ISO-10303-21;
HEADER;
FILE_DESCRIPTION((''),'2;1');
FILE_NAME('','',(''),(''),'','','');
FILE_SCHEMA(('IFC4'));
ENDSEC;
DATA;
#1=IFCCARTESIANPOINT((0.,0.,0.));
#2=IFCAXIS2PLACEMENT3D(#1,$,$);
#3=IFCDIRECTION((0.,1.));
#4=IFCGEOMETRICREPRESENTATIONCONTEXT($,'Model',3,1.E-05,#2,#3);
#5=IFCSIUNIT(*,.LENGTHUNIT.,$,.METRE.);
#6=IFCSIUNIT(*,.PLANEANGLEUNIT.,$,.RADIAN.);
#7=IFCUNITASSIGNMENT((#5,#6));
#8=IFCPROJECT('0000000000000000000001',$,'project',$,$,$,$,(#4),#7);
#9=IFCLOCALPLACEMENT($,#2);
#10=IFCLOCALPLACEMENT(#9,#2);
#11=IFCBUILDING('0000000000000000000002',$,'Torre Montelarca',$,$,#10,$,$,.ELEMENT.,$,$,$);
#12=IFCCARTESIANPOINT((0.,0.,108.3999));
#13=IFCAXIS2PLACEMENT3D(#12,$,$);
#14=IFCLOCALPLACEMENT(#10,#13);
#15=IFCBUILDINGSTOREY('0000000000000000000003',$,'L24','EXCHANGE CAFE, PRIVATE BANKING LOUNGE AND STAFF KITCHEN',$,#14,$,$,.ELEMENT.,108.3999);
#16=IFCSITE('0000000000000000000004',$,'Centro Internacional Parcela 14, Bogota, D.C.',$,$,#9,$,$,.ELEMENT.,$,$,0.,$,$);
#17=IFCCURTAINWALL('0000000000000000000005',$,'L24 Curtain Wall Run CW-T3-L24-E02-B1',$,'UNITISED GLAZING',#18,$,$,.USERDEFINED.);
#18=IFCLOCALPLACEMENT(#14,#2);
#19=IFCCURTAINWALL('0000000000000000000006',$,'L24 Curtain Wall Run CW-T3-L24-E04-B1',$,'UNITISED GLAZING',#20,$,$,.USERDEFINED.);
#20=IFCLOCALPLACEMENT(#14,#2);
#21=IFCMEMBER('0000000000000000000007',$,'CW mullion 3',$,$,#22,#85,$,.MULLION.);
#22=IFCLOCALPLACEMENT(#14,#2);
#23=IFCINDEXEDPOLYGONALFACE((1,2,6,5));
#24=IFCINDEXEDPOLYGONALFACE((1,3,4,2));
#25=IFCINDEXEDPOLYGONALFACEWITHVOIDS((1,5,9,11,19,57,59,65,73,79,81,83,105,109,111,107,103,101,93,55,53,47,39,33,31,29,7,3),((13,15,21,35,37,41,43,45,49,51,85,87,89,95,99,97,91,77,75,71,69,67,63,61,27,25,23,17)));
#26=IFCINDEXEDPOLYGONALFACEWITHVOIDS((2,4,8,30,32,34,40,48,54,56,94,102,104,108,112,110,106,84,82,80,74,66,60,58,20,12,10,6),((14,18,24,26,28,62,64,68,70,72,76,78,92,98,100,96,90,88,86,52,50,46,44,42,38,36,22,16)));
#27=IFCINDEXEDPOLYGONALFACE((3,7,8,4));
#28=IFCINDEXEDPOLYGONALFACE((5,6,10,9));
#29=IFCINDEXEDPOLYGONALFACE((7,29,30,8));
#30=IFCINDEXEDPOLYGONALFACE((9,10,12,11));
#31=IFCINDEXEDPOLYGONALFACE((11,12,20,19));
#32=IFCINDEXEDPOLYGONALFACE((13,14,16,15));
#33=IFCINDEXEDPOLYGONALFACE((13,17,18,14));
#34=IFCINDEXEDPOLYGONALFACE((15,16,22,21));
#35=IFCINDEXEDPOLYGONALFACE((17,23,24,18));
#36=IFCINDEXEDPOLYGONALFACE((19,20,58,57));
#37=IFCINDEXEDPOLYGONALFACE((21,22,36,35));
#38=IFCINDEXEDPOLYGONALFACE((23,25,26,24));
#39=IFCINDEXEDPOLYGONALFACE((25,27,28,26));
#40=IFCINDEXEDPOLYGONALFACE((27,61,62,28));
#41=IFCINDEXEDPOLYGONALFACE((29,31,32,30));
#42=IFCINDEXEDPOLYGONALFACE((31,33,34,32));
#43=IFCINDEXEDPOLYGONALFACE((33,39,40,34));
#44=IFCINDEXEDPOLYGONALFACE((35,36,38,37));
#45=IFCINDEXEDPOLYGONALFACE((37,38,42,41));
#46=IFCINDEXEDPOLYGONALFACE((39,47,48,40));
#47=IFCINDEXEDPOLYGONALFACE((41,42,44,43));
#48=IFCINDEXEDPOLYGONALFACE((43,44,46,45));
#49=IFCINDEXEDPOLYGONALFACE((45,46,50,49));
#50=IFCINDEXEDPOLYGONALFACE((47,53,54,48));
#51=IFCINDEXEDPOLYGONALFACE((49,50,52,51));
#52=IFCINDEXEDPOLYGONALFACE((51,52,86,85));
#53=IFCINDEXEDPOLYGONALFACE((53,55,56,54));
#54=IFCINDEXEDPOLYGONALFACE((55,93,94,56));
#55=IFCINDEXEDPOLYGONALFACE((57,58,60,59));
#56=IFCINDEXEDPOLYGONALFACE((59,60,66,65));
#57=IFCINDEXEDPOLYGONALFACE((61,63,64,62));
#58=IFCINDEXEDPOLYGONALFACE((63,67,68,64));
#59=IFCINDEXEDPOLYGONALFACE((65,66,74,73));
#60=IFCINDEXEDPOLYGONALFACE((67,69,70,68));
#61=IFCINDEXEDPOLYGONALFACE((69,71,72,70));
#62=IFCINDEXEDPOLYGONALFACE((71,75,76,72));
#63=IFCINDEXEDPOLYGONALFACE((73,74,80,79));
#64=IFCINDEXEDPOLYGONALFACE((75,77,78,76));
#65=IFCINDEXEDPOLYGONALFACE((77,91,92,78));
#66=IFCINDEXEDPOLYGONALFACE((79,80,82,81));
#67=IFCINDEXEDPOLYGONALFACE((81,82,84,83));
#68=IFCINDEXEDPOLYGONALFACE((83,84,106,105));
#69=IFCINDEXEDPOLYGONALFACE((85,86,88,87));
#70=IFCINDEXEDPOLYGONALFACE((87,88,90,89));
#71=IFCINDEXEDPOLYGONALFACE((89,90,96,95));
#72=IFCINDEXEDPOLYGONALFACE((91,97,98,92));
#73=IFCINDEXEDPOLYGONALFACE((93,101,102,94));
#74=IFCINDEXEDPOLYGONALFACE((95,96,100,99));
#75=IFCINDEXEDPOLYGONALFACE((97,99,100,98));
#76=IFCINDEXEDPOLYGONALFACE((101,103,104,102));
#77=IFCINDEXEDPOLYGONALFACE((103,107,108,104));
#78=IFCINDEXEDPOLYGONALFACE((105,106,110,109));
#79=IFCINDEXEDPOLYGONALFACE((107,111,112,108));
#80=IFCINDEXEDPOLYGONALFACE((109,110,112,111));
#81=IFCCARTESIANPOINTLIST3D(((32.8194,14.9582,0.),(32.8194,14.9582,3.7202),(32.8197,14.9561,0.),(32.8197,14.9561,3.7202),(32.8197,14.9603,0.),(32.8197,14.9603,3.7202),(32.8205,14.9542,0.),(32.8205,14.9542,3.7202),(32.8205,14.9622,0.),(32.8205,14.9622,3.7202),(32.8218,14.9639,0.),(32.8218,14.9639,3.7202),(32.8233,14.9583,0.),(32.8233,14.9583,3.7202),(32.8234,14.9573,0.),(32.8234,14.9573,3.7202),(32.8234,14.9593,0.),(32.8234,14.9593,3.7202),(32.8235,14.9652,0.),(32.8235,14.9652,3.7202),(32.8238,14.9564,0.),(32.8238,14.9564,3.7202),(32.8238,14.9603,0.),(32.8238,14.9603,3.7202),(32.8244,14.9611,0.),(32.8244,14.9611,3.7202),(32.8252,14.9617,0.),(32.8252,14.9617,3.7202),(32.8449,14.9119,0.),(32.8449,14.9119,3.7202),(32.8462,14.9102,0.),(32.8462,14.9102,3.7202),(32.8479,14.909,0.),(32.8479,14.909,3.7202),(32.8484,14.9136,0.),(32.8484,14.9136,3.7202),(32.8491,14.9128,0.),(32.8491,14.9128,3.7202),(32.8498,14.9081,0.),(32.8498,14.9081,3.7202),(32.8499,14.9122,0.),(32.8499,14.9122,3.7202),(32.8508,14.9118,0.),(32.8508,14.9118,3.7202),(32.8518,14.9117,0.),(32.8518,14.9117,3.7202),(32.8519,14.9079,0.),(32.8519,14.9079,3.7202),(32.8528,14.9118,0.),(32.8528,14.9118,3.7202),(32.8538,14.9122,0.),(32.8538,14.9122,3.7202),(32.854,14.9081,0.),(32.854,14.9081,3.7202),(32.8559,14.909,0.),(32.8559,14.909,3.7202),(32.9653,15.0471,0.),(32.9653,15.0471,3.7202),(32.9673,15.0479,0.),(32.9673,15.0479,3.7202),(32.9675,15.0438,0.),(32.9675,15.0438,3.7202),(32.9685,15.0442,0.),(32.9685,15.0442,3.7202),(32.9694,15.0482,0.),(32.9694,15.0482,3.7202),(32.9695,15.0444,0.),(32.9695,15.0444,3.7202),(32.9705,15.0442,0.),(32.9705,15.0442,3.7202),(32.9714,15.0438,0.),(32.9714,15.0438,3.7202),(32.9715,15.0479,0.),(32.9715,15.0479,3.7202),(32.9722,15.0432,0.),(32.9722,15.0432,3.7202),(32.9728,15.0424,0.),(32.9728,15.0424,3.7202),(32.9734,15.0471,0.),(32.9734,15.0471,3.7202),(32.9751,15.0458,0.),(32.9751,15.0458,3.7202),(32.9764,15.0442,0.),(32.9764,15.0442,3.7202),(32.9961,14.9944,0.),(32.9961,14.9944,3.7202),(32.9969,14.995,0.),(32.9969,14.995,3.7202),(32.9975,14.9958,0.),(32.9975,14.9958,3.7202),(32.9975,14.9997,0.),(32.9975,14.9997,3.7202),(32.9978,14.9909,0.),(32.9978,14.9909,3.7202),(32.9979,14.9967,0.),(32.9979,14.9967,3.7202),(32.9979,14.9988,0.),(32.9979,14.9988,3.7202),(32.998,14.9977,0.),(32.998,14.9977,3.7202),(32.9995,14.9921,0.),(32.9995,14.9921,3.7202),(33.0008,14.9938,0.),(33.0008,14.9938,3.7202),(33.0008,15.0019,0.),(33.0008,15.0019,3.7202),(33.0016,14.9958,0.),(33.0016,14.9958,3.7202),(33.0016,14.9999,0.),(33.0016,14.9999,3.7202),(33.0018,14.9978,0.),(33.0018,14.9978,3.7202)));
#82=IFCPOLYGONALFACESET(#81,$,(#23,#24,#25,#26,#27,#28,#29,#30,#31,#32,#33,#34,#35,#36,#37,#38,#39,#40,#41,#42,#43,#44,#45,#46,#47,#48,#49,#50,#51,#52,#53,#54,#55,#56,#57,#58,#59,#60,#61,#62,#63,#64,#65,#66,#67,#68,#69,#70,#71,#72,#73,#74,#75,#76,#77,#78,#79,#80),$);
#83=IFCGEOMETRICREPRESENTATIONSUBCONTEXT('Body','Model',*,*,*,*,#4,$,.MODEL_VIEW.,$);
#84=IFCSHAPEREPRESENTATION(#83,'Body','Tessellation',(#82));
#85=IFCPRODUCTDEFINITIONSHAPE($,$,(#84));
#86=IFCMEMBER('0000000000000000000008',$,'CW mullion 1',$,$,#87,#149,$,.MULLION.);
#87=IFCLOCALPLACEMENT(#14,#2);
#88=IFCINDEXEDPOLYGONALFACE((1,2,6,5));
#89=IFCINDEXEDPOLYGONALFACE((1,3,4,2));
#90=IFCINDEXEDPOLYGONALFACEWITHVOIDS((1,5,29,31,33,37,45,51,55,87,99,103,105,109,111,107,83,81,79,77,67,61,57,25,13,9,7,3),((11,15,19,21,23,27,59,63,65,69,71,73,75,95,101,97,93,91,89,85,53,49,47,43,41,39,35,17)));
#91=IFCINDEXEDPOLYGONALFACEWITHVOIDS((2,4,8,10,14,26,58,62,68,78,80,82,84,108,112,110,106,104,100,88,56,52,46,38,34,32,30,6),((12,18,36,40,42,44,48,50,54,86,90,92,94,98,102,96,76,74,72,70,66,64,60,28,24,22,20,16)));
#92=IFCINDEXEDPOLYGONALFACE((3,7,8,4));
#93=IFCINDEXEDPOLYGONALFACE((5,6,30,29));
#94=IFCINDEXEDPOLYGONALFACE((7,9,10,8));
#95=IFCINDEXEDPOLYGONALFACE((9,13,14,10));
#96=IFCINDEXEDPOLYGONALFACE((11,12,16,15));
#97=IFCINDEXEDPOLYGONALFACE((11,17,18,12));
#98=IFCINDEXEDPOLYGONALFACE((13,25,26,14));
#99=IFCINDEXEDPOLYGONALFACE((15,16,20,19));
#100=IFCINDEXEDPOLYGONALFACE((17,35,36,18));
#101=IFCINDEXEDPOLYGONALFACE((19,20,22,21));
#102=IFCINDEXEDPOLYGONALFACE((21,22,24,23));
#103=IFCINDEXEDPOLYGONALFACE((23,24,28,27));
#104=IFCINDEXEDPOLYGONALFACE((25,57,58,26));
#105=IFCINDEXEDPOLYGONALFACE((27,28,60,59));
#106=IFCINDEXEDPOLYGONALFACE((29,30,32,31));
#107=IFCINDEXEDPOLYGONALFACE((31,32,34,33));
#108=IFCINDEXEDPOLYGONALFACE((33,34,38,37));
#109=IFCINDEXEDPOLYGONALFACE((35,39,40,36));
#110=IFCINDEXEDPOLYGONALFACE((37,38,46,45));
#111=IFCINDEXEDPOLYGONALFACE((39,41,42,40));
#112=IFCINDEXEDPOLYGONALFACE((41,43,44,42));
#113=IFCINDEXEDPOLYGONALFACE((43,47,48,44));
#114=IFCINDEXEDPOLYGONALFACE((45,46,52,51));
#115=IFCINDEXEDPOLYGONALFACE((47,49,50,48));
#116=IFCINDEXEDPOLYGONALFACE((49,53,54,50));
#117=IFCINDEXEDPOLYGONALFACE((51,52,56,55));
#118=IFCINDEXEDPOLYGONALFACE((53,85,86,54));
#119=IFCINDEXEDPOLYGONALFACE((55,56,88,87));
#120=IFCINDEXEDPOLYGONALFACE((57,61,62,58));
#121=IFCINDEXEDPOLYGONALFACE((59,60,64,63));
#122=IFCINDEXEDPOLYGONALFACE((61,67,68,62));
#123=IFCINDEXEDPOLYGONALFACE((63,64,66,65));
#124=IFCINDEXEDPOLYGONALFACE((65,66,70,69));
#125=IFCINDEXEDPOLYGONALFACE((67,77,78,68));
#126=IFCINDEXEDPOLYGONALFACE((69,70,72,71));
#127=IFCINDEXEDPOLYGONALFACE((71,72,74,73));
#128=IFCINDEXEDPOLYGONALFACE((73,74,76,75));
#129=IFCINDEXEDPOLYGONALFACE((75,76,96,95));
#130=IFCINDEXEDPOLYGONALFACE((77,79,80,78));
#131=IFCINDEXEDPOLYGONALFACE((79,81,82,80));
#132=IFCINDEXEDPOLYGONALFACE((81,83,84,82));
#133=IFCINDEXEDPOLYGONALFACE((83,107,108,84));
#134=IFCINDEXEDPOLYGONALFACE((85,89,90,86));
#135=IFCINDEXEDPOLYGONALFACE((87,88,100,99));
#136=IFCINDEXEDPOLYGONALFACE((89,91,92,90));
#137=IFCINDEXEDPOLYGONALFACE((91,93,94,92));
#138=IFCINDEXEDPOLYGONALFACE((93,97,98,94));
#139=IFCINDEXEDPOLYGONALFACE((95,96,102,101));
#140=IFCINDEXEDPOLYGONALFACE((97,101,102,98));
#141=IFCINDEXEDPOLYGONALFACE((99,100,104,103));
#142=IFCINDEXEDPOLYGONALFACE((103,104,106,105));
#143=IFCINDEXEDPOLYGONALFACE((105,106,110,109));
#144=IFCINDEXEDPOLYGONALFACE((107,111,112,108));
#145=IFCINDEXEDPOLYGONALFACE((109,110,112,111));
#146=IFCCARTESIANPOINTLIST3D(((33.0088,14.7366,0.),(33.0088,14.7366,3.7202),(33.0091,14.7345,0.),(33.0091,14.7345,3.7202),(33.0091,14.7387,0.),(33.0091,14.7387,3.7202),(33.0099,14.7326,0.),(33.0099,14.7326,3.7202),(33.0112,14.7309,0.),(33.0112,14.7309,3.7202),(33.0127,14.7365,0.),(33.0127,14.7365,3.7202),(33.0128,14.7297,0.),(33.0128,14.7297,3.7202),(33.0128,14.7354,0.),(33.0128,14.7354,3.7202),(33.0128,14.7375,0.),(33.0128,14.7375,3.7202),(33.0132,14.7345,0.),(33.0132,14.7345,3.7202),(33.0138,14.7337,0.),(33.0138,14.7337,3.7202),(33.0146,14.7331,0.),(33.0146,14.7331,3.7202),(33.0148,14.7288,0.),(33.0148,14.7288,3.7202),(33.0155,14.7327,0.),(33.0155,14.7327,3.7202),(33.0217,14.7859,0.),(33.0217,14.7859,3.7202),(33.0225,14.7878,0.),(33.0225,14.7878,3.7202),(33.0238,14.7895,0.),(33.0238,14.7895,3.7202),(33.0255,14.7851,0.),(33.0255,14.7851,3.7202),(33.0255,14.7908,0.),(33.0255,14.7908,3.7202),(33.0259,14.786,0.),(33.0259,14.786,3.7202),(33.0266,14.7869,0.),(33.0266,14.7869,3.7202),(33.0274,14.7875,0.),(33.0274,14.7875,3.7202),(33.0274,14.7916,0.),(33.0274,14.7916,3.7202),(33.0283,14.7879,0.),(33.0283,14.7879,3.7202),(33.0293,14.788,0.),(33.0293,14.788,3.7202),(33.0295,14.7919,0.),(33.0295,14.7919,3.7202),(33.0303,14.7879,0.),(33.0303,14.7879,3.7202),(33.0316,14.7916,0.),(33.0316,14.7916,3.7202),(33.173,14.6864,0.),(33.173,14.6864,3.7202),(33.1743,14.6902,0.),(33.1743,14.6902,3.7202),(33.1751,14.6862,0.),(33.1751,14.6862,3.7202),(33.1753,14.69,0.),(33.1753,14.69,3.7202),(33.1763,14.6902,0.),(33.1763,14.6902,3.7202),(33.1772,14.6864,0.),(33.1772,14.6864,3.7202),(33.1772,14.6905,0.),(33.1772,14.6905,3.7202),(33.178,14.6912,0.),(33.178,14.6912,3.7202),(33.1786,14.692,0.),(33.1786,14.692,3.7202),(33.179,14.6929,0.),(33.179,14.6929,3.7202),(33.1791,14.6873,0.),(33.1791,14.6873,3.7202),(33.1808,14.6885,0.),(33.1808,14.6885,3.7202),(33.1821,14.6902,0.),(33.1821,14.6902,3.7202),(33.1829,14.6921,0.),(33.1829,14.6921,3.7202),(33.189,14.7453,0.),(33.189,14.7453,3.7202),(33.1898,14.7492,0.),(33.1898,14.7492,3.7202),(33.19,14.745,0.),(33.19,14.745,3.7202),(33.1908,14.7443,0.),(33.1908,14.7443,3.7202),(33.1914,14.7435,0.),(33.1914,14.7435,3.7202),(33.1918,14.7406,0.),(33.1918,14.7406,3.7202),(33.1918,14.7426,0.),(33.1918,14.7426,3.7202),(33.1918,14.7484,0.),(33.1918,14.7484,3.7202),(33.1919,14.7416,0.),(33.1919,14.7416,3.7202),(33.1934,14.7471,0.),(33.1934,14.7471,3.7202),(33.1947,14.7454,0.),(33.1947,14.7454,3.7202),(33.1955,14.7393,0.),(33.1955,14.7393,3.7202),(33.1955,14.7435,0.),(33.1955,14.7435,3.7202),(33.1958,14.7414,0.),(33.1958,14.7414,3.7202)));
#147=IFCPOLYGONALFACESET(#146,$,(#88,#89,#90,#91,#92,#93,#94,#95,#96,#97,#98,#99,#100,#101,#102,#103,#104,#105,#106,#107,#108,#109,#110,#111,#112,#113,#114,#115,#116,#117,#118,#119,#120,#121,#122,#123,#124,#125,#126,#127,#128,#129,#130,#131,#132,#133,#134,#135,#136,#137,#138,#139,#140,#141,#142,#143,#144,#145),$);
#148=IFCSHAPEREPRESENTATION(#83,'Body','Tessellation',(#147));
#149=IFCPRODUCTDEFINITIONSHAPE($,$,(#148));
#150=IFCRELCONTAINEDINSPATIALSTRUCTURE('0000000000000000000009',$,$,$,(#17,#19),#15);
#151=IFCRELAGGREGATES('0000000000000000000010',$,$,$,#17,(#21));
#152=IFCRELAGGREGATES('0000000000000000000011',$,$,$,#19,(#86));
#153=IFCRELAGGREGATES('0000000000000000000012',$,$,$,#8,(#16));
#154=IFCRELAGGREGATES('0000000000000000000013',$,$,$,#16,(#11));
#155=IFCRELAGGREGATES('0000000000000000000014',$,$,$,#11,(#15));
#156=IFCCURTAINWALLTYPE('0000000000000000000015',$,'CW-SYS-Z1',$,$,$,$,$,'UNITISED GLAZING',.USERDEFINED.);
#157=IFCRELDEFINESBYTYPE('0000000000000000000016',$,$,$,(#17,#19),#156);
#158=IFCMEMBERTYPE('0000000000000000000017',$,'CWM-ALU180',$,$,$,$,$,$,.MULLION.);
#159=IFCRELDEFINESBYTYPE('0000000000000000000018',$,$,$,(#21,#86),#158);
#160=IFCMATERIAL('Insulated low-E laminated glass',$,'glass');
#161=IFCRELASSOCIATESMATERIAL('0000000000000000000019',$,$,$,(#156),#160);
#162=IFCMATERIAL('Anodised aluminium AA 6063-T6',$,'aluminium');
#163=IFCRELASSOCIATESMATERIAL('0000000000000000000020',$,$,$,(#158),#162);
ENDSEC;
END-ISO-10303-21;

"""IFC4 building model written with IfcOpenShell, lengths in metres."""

from ifc_helpers import new_model, si_unit, direction, frame, origin, origin_2d, place, context, subcontext, project, spatial, hollow_rectangle, extrude, source, transform, mapped, material, material_profile, profile_set, type_object, element, aggregate, save


model = new_model("IFC4")

# Units and contexts
model_context = context("Model", 3, precision=1e-05, world=origin(), true_north=direction((0.0, 1.0)))
body_context = subcontext(model_context, "Body", "Model", "MODEL_VIEW")
ifc_project = project(units=[si_unit("LENGTHUNIT", "METRE"), si_unit("PLANEANGLEUNIT", "RADIAN")], contexts=[model_context])

# Site, building, storey
site_placement = place(None, origin())
site = spatial("IfcSite", under=ifc_project, at=site_placement, Name="Centro Internacional Parcela 14, Bogota, D.C.", CompositionType="ELEMENT", RefElevation=0.0)
building_placement = place(site_placement, origin())
building = spatial("IfcBuilding", under=site, at=building_placement, Name="Torre Montelarca", CompositionType="ELEMENT")
storey_placement = place(building_placement, frame((0.0, 0.0, 108.3999)))
storey = spatial("IfcBuildingStorey", under=building, at=storey_placement, Name="L24", Description="EXCHANGE CAFE, PRIVATE BANKING LOUNGE AND STAFF KITCHEN", CompositionType="ELEMENT", Elevation=108.3999)

# Curtain wall
ifc_material_1 = material(Name="Insulated low-E laminated glass", Category="glass")
curtain_wall_type = type_object("IfcCurtainWallType", Name="CW-SYS-Z1", ElementType="UNITISED GLAZING", PredefinedType="USERDEFINED", material=ifc_material_1)
curtain_wall_1_placement = place(storey_placement, origin())
curtain_wall_1 = element("IfcCurtainWall", 1, at=curtain_wall_1_placement, inside=storey, type_object=curtain_wall_type, Name="L24 Curtain Wall Run CW-T3-L24-E02-B1", ObjectType="UNITISED GLAZING", PredefinedType="USERDEFINED")
ifc_material_2 = material(Name="Anodised aluminium AA 6063-T6", Category="aluminium")

# Curtain wall
curtain_wall_2_placement = place(storey_placement, origin())
curtain_wall_2 = element("IfcCurtainWall", 2, at=curtain_wall_2_placement, inside=storey, type_object=curtain_wall_type, Name="L24 Curtain Wall Run CW-T3-L24-E04-B1", ObjectType="UNITISED GLAZING", PredefinedType="USERDEFINED")

# Members
ifc_material_profile_1 = material_profile(ifc_material_2, hollow_rectangle(XDim=0.0649, YDim=0.1799, WallThickness=0.0039, InnerFilletRadius=0.0039, OuterFilletRadius=0.0081, at=origin_2d()), Name="ALU65X180X4", Category="aluminium")
ifc_profile_set_1 = profile_set([ifc_material_profile_1], Name="Anodised aluminium AA 6063-T6")
member_type_1 = type_object("IfcMemberType", Name="CWM-ALU180", PredefinedType="MULLION", material=ifc_profile_set_1)
shared_shape_1 = source(origin(), body_context, "Body", "SweptSolid", [
    extrude(hollow_rectangle(XDim=0.0649, YDim=0.1799, WallThickness=0.0039, InnerFilletRadius=0.0039, OuterFilletRadius=0.0081, at=origin_2d()), origin(), (0.0, 0.0, 1.0), 3.7202),
])
member_1_placement = place(storey_placement, frame((32.9106, 14.978, 0.0), z_axis=(0.0, 0.0, 1.0), x_axis=(-0.500001, 0.866025, 0.0)))
member_1 = element("IfcMember", 3, at=member_1_placement, type_object=member_type_1, Name="CW mullion 3", PredefinedType="MULLION", context=body_context, shape_type="MappedRepresentation", body=[
    mapped(shared_shape_1, transform((0.0, 0.0, 0.0), scale=1.0)),
])
member_2_placement = place(storey_placement, frame((33.1023, 14.739, 0.0), z_axis=(0.0, 0.0, 1.0), x_axis=(0.258823, 0.965925, 0.0)))
member_2 = element("IfcMember", 4, at=member_2_placement, type_object=member_type_1, Name="CW mullion 1", PredefinedType="MULLION", context=body_context, shape_type="MappedRepresentation", body=[
    mapped(shared_shape_1, transform((0.0, 0.0, 0.0), scale=1.0)),
])

aggregate(curtain_wall_1, [member_1])
aggregate(curtain_wall_2, [member_2])

save(model, "model.ifc")
